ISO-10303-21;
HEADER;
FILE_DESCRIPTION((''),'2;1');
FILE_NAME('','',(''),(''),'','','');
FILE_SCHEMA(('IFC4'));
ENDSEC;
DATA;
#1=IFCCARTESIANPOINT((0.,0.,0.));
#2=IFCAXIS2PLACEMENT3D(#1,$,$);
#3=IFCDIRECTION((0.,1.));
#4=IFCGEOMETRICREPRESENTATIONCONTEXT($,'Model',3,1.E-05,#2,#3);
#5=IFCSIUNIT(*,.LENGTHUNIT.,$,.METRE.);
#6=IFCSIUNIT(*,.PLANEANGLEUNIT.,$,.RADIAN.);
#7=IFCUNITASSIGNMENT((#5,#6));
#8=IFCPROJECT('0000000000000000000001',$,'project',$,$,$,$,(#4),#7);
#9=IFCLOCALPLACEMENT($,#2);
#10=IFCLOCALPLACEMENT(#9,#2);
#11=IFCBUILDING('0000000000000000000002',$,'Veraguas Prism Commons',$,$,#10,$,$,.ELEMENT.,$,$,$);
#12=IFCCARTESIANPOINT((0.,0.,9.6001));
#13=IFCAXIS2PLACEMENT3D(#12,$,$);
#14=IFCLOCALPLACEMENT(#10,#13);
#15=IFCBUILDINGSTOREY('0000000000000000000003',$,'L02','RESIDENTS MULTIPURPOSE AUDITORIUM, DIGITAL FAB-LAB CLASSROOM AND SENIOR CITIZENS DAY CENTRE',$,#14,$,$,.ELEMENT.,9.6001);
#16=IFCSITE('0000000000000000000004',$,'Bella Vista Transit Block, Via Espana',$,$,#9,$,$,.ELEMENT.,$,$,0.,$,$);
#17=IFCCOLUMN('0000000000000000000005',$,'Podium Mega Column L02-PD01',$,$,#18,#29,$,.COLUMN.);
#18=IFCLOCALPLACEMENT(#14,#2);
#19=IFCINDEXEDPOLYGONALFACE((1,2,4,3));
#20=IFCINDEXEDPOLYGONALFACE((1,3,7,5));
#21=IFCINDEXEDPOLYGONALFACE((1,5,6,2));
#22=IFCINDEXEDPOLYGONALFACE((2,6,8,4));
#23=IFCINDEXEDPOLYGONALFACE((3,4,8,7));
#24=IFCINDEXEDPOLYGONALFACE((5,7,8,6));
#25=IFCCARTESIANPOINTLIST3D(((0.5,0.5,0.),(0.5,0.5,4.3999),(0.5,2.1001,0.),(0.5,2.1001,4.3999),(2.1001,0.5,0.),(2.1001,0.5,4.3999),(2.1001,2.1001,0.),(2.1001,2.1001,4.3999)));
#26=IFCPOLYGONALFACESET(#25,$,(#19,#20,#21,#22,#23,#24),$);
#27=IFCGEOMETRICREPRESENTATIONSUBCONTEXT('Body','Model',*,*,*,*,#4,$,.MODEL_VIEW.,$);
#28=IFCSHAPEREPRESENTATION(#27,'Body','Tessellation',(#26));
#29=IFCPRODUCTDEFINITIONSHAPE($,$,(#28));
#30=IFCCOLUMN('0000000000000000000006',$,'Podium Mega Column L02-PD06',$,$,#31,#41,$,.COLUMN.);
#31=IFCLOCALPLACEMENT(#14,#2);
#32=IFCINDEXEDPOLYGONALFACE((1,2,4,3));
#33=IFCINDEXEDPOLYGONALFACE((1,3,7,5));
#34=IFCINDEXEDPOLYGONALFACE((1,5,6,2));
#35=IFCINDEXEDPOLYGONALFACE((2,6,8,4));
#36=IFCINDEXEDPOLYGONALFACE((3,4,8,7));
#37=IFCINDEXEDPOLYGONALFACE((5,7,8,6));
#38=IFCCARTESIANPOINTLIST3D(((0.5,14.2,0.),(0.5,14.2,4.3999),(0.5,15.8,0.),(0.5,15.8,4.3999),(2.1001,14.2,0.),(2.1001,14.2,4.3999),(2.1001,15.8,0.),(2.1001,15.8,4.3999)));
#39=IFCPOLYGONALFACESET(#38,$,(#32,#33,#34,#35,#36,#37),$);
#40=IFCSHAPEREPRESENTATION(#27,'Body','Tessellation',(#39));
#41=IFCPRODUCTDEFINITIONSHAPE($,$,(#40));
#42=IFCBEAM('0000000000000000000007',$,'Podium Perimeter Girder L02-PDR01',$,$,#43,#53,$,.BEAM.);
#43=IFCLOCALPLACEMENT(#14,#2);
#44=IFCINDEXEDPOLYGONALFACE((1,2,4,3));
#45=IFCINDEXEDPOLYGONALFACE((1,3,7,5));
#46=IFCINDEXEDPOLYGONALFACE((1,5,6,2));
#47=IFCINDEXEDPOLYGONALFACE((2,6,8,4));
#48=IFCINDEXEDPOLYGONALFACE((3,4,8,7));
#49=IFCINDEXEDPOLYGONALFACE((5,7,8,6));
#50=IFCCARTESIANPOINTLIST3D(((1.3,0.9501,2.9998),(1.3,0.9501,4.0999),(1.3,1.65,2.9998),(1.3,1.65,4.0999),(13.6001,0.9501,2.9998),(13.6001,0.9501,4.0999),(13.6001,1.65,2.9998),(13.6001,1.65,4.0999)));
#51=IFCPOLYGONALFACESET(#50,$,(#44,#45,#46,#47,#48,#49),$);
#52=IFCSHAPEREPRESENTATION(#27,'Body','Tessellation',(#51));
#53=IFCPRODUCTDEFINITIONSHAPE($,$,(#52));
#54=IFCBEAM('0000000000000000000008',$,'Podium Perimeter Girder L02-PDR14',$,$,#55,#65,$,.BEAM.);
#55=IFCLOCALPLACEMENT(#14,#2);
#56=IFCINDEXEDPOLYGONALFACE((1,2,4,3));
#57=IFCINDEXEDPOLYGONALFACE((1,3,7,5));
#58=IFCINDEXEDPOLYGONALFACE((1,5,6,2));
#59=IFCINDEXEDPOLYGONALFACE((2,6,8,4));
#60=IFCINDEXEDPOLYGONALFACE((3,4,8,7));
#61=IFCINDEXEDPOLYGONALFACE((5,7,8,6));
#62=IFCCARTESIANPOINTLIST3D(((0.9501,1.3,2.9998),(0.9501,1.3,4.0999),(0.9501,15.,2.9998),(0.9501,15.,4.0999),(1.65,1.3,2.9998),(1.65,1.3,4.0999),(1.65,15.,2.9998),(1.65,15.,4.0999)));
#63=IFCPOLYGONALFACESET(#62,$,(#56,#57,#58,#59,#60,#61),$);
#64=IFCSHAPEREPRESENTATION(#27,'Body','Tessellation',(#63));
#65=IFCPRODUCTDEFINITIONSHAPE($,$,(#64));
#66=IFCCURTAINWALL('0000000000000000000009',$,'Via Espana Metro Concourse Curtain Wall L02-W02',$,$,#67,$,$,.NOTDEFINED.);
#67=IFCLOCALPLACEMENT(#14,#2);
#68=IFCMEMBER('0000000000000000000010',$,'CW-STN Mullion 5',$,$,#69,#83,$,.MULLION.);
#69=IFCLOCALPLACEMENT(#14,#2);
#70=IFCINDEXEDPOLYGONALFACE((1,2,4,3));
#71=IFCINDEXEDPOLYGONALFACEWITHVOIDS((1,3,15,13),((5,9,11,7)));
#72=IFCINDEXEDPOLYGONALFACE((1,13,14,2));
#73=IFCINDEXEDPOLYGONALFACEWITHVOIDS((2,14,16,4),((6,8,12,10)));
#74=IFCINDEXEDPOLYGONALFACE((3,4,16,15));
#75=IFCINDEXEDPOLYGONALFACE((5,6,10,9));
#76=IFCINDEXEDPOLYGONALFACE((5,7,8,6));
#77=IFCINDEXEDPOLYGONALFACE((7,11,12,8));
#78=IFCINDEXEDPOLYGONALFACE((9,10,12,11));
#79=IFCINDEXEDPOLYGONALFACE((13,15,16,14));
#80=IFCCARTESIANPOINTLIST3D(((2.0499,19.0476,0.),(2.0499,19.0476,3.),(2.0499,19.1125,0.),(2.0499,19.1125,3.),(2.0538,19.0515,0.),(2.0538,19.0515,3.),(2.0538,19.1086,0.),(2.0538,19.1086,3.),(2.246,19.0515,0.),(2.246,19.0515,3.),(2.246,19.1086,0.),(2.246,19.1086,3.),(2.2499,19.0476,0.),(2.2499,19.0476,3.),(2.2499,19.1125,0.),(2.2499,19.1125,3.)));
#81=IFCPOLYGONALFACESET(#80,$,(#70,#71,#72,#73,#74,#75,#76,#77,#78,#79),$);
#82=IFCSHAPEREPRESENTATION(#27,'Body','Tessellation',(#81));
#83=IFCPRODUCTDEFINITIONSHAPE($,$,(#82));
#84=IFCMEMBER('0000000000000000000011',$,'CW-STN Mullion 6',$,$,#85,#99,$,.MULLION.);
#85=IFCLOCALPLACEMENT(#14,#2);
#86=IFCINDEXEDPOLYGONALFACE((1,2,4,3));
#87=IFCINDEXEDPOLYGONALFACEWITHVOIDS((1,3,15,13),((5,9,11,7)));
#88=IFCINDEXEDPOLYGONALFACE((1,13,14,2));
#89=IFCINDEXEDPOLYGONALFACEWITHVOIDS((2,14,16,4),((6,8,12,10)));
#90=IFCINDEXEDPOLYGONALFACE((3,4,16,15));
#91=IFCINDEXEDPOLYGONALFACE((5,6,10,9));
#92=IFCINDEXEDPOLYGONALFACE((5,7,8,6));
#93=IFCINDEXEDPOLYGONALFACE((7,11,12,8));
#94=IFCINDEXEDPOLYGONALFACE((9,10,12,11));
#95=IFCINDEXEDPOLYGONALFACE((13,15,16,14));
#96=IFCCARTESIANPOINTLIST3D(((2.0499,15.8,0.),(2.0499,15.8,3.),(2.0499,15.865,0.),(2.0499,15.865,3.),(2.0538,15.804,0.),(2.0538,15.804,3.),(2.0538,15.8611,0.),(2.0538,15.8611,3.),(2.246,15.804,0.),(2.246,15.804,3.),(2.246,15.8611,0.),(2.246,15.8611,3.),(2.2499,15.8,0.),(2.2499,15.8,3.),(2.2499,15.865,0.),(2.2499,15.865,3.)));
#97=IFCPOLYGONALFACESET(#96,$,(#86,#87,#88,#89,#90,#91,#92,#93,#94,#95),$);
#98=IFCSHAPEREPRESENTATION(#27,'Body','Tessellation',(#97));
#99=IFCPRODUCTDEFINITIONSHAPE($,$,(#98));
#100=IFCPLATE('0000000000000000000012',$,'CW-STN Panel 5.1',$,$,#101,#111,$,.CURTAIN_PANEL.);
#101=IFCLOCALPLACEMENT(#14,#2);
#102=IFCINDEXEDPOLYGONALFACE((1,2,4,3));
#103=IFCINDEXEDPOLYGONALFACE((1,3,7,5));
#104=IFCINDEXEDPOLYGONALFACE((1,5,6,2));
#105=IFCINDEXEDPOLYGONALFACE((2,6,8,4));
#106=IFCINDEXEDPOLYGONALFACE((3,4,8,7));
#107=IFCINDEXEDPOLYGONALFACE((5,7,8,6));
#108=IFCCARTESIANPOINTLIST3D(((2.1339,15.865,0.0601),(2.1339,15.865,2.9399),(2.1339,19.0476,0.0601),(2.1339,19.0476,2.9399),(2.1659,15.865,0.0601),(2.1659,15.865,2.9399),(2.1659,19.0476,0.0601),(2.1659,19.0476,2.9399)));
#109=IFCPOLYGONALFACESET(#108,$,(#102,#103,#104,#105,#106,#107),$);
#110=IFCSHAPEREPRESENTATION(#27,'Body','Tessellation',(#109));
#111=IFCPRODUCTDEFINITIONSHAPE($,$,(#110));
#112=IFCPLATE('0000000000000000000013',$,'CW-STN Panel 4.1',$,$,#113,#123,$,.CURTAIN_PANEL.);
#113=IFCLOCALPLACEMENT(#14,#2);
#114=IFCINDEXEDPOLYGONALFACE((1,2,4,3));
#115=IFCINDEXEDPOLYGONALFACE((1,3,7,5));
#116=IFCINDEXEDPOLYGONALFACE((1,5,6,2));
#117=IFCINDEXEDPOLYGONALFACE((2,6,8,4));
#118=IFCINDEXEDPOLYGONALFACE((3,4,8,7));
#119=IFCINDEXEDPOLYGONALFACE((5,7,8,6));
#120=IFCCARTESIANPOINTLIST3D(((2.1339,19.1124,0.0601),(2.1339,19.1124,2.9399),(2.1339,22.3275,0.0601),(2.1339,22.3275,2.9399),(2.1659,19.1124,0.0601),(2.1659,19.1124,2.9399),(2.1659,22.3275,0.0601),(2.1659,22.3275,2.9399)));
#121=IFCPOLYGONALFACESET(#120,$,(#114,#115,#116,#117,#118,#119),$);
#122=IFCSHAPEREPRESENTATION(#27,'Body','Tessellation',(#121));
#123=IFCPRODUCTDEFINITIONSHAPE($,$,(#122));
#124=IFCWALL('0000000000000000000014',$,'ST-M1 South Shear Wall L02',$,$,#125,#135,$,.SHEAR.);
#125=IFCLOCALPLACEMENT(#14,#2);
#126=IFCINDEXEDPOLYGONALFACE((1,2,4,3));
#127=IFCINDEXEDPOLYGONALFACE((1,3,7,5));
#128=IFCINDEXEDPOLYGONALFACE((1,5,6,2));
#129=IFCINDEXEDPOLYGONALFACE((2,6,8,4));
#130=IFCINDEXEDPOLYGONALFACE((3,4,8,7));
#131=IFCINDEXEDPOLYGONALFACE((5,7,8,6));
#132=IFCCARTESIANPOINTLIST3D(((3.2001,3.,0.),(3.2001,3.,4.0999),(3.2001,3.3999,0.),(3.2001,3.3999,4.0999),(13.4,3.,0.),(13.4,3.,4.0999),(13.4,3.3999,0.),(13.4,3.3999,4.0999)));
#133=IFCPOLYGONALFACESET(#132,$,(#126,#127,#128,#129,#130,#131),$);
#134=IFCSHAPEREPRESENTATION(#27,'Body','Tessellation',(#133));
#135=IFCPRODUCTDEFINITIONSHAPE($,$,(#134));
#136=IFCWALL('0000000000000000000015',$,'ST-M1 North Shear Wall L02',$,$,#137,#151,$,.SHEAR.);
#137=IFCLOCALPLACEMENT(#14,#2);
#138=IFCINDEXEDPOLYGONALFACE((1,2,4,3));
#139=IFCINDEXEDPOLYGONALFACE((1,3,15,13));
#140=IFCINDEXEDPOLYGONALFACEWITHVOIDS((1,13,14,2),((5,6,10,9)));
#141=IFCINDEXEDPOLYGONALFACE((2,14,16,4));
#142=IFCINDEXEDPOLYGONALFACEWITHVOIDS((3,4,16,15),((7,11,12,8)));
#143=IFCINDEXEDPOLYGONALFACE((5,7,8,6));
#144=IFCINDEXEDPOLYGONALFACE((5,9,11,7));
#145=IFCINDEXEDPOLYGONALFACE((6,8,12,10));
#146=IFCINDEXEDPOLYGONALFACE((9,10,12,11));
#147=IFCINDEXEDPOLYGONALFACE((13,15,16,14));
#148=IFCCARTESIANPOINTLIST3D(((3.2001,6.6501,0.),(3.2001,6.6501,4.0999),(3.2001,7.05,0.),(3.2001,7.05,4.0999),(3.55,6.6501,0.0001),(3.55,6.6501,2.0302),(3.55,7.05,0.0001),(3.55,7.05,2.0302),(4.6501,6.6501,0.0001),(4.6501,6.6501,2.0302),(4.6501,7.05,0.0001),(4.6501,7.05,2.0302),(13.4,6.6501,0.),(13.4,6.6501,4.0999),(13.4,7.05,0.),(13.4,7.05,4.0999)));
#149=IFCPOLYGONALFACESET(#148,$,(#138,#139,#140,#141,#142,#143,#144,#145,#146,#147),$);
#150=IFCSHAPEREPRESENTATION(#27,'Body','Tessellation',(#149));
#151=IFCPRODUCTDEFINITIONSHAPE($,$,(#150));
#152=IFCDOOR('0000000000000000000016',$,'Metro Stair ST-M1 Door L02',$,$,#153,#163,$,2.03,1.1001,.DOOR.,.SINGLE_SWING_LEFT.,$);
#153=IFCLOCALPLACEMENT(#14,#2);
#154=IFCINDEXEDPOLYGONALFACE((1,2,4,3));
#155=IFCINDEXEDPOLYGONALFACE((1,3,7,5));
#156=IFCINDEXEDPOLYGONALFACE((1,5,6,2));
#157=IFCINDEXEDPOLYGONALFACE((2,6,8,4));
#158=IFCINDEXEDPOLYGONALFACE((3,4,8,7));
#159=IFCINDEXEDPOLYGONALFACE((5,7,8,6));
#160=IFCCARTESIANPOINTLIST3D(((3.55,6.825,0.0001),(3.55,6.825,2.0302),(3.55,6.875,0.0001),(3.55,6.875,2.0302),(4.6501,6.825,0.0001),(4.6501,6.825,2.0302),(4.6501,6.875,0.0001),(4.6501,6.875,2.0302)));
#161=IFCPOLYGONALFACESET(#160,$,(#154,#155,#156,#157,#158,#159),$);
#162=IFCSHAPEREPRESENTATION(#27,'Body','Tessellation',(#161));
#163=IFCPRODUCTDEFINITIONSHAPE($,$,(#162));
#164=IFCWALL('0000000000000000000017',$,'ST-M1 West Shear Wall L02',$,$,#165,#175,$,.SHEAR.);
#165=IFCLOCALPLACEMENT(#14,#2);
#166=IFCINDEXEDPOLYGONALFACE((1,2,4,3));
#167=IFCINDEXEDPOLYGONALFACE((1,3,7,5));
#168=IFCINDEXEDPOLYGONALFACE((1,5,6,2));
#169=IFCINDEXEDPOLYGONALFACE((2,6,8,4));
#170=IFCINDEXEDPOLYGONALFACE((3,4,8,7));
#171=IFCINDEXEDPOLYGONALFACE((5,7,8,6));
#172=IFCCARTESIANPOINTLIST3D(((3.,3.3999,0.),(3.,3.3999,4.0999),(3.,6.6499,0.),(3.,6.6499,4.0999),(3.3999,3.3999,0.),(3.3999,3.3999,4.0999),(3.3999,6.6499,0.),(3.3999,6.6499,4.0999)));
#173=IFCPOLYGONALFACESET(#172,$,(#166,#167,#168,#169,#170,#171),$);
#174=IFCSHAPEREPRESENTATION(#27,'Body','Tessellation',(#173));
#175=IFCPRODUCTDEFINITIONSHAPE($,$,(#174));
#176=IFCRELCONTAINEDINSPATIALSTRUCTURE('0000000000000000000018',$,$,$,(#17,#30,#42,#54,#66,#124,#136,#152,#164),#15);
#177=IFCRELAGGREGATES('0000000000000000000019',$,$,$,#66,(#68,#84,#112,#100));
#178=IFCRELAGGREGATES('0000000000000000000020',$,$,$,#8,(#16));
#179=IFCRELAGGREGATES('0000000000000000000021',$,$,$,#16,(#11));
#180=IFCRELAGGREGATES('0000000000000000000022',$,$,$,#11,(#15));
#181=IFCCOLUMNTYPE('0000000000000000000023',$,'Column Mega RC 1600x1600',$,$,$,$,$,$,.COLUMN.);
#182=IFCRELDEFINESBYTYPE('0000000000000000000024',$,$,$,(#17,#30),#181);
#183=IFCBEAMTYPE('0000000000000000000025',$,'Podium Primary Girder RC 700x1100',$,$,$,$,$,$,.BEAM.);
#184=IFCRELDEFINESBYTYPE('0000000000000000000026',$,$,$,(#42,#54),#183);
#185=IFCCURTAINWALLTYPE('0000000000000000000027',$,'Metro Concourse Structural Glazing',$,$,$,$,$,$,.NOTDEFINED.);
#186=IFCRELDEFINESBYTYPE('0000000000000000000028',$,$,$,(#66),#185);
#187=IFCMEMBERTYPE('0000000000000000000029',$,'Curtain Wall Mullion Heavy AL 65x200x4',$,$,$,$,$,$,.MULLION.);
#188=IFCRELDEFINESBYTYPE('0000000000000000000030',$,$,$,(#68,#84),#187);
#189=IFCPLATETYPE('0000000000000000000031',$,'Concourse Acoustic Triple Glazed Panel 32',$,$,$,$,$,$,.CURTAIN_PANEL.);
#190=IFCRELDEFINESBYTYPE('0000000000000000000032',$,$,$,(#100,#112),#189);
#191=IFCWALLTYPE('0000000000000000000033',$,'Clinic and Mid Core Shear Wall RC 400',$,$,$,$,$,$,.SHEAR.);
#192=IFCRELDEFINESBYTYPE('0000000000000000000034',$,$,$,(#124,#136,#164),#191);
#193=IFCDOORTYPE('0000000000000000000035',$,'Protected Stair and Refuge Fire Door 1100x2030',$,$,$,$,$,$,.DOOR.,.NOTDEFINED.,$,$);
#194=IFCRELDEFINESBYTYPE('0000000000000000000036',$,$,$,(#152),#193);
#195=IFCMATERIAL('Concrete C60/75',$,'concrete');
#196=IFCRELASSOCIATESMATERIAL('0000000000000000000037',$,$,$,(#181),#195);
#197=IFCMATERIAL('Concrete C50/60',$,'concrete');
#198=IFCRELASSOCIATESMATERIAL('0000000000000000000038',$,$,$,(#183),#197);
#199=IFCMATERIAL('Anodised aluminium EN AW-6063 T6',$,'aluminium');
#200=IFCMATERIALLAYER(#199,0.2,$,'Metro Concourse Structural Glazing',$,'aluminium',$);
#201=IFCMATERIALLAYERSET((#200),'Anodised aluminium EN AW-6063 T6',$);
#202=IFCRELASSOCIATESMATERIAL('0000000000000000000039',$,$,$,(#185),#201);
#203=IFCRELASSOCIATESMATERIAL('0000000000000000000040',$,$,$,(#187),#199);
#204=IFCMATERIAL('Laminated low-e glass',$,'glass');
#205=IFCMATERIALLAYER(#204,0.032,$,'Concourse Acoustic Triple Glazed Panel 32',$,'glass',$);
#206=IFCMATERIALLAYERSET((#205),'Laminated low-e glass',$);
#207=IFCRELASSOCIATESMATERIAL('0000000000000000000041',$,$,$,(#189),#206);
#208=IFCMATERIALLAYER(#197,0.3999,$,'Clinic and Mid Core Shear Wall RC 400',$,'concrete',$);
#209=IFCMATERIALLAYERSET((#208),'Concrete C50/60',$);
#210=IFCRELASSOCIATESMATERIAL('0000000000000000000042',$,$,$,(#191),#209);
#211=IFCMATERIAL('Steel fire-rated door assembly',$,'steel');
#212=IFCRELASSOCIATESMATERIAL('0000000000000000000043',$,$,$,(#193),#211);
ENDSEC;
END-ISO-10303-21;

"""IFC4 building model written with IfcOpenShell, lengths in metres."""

from ifc_helpers import new_model, si_unit, direction, frame, frame_2d, origin, origin_2d, place, context, subcontext, project, spatial, rectangle, hollow_rectangle, extrude, source, transform, mapped, material, layer, layer_set, material_profile, profile_set, type_object, element, fill, aggregate, save


model = new_model("IFC4")

# Units and contexts
model_context = context("Model", 3, precision=1e-05, world=origin(), true_north=direction((0.0, 1.0)))
body_context = subcontext(model_context, "Body", "Model", "MODEL_VIEW")
ifc_project = project(units=[si_unit("LENGTHUNIT", "METRE"), si_unit("PLANEANGLEUNIT", "RADIAN")], contexts=[model_context])

# Site, building, storey
site_placement = place(None, origin())
site = spatial("IfcSite", under=ifc_project, at=site_placement, Name="Bella Vista Transit Block, Via Espana", CompositionType="ELEMENT", RefElevation=0.0)
building_placement = place(site_placement, origin())
building = spatial("IfcBuilding", under=site, at=building_placement, Name="Veraguas Prism Commons", CompositionType="ELEMENT")
storey_placement = place(building_placement, frame((0.0, 0.0, 9.6001)))
storey = spatial("IfcBuildingStorey", under=building, at=storey_placement, Name="L02", Description="RESIDENTS MULTIPURPOSE AUDITORIUM, DIGITAL FAB-LAB CLASSROOM AND SENIOR CITIZENS DAY CENTRE", CompositionType="ELEMENT", Elevation=9.6001)

# Columns
ifc_material_1 = material(Name="Concrete C60/75", Category="concrete")
ifc_material_profile_1 = material_profile(ifc_material_1, rectangle(XDim=1.6001, YDim=1.6001, at=origin_2d()), Name="RC1600X1600")
ifc_profile_set_1 = profile_set([ifc_material_profile_1], Name="Concrete C60/75")
column_type = type_object("IfcColumnType", Name="Column Mega RC 1600x1600", PredefinedType="COLUMN", material=ifc_profile_set_1)
for number, where, z_axis, x_axis, name in (
    (1, (1.3, 1.3, 0.0), (0.0, 0.0, 1.0), (1.0, 0.0, 0.0), "Podium Mega Column L02-PD01"),
    (2, (1.3, 15.0, 0.0), (0.0, 0.0, 1.0), (1.0, 0.0, 0.0), "Podium Mega Column L02-PD06"),
):
    element("IfcColumn", number, at=place(storey_placement, frame(where, z_axis=z_axis, x_axis=x_axis)), inside=storey, type_object=column_type, Name=name, PredefinedType="COLUMN", context=body_context, shape_type="SweptSolid", body=[
        extrude(rectangle(XDim=1.6001, YDim=1.6001, at=origin_2d()), origin(), (0.0, 0.0, 1.0), 4.3999),
    ])

# Beams
ifc_material_2 = material(Name="Concrete C50/60", Category="concrete")
ifc_material_profile_2 = material_profile(ifc_material_2, rectangle(XDim=0.7, YDim=1.1001, at=origin_2d()), Name="RC700X1100")
ifc_profile_set_2 = profile_set([ifc_material_profile_2], Name="Concrete C50/60")
beam_type = type_object("IfcBeamType", Name="Podium Primary Girder RC 700x1100", PredefinedType="BEAM", material=ifc_profile_set_2)
beam_1_placement = place(storey_placement, frame((1.3, 1.3, 3.5498), z_axis=(1.0, 0.0, 0.0), x_axis=(0.0, 1.0, 0.0)))
element("IfcBeam", 3, at=beam_1_placement, inside=storey, type_object=beam_type, Name="Podium Perimeter Girder L02-PDR01", PredefinedType="BEAM", context=body_context, shape_type="SweptSolid", body=[
    extrude(rectangle(XDim=0.7, YDim=1.1001, at=origin_2d()), origin(), (0.0, 0.0, 1.0), 12.3),
])
beam_2_placement = place(storey_placement, frame((1.3, 15.0, 3.5498), z_axis=(0.0, -1.0, 0.0), x_axis=(1.0, 0.0, 0.0)))
element("IfcBeam", 4, at=beam_2_placement, inside=storey, type_object=beam_type, Name="Podium Perimeter Girder L02-PDR14", PredefinedType="BEAM", context=body_context, shape_type="SweptSolid", body=[
    extrude(rectangle(XDim=0.7, YDim=1.1001, at=origin_2d()), origin(), (0.0, 0.0, 1.0), 13.7),
])

# Curtain wall, members, plates
ifc_material_3 = material(Name="Anodised aluminium EN AW-6063 T6", Category="aluminium")
ifc_layer_1 = layer(ifc_material_3, 0.2, Name="Metro Concourse Structural Glazing", Category="aluminium")
ifc_layer_set_1 = layer_set([ifc_layer_1], Name="Anodised aluminium EN AW-6063 T6")
curtain_wall_type = type_object("IfcCurtainWallType", Name="Metro Concourse Structural Glazing", PredefinedType="NOTDEFINED", material=ifc_layer_set_1)
curtain_wall_placement = place(storey_placement, origin())
curtain_wall = element("IfcCurtainWall", 5, at=curtain_wall_placement, inside=storey, type_object=curtain_wall_type, Name="Via Espana Metro Concourse Curtain Wall L02-W02", PredefinedType="NOTDEFINED")
ifc_material_profile_3 = material_profile(ifc_material_3, hollow_rectangle(XDim=0.0649, YDim=0.2, WallThickness=0.0039, at=origin_2d()), Name="AL65X200X4")
ifc_profile_set_3 = profile_set([ifc_material_profile_3], Name="Anodised aluminium EN AW-6063 T6")
member_type = type_object("IfcMemberType", Name="Curtain Wall Mullion Heavy AL 65x200x4", PredefinedType="MULLION", material=ifc_profile_set_3)
shared_shape_1 = source(origin(), body_context, "Body", "SweptSolid", [
    extrude(hollow_rectangle(XDim=0.0649, YDim=0.2, WallThickness=0.0039, at=origin_2d()), origin(), (0.0, 0.0, 1.0), 3.0),
])
member_1_placement = place(storey_placement, frame((2.1499, 19.0801, 0.0), z_axis=(0.0, 0.0, 1.0), x_axis=(0.0, -1.0, 0.0)))
member_1 = element("IfcMember", 6, at=member_1_placement, type_object=member_type, Name="CW-STN Mullion 5", PredefinedType="MULLION", context=body_context, shape_type="MappedRepresentation", body=[
    mapped(shared_shape_1, transform((0.0, 0.0, 0.0), scale=1.0)),
])
member_2_placement = place(storey_placement, frame((2.1499, 15.8325, 0.0), z_axis=(0.0, 0.0, 1.0), x_axis=(0.0, -1.0, 0.0)))
member_2 = element("IfcMember", 7, at=member_2_placement, type_object=member_type, Name="CW-STN Mullion 6", PredefinedType="MULLION", context=body_context, shape_type="MappedRepresentation", body=[
    mapped(shared_shape_1, transform((0.0, 0.0, 0.0), scale=1.0)),
])
ifc_material_4 = material(Name="Laminated low-e glass", Category="glass")
ifc_layer_2 = layer(ifc_material_4, 0.032, Name="Concourse Acoustic Triple Glazed Panel 32", Category="glass")
ifc_layer_set_2 = layer_set([ifc_layer_2], Name="Laminated low-e glass")
plate_type = type_object("IfcPlateType", Name="Concourse Acoustic Triple Glazed Panel 32", PredefinedType="CURTAIN_PANEL", material=ifc_layer_set_2)
shared_shape_2 = source(origin(), body_context, "Body", "SweptSolid", [
    extrude(rectangle(XDim=3.1826, YDim=0.032, at=origin_2d()), origin(), (0.0, 0.0, 1.0), 2.8799),
])
plate_1_placement = place(storey_placement, frame((2.1499, 17.4563, 0.0601), z_axis=(0.0, 0.0, 1.0), x_axis=(0.0, -1.0, 0.0)))
plate_1 = element("IfcPlate", 8, at=plate_1_placement, type_object=plate_type, Name="CW-STN Panel 5.1", PredefinedType="CURTAIN_PANEL", context=body_context, shape_type="MappedRepresentation", body=[
    mapped(shared_shape_2, transform((0.0, 0.0, 0.0), scale=1.0)),
])
shared_shape_3 = source(origin(), body_context, "Body", "SweptSolid", [
    extrude(rectangle(XDim=3.2151, YDim=0.032, at=origin_2d()), origin(), (0.0, 0.0, 1.0), 2.8799),
])
plate_2_placement = place(storey_placement, frame((2.1499, 20.72, 0.0601), z_axis=(0.0, 0.0, 1.0), x_axis=(0.0, -1.0, 0.0)))
plate_2 = element("IfcPlate", 9, at=plate_2_placement, type_object=plate_type, Name="CW-STN Panel 4.1", PredefinedType="CURTAIN_PANEL", context=body_context, shape_type="MappedRepresentation", body=[
    mapped(shared_shape_3, transform((0.0, 0.0, 0.0), scale=1.0)),
])
aggregate(curtain_wall, [member_1, member_2, plate_2, plate_1])

# Wall
ifc_layer_3 = layer(ifc_material_2, 0.3999, Name="Clinic and Mid Core Shear Wall RC 400", Category="concrete")
ifc_layer_set_3 = layer_set([ifc_layer_3], Name="Concrete C50/60")
wall_type_1 = type_object("IfcWallType", Name="Clinic and Mid Core Shear Wall RC 400", PredefinedType="SHEAR", material=ifc_layer_set_3)
wall_1_placement = place(storey_placement, frame((3.2, 3.2, 0.0), z_axis=(0.0, 0.0, 1.0), x_axis=(1.0, 0.0, 0.0)))
element("IfcWall", 10, at=wall_1_placement, inside=storey, type_object=wall_type_1, Name="ST-M1 South Shear Wall L02", PredefinedType="SHEAR", context=body_context, shape_type="SweptSolid", body=[
    extrude(rectangle(XDim=10.2, YDim=0.3999, at=frame_2d((5.1001, 0.0))), origin(), (0.0, 0.0, 1.0), 4.0999),
])

# Wall, opening, door
wall_2_placement = place(storey_placement, frame((3.2, 6.8501, 0.0), z_axis=(0.0, 0.0, 1.0), x_axis=(1.0, 0.0, 0.0)))
wall_2 = element("IfcWall", 11, at=wall_2_placement, inside=storey, type_object=wall_type_1, Name="ST-M1 North Shear Wall L02", PredefinedType="SHEAR", context=body_context, shape_type="SweptSolid", body=[
    extrude(rectangle(XDim=10.2, YDim=0.3999, at=frame_2d((5.1001, 0.0))), origin(), (0.0, 0.0, 1.0), 4.0999),
])
opening_1_placement = place(wall_2_placement, frame((0.3501, 0.0, 0.0)))
opening_1 = element("IfcOpeningElement", 12, at=opening_1_placement, cuts=wall_2, PredefinedType="OPENING", context=body_context, shape_type="SweptSolid", body=[
    extrude(rectangle(XDim=1.1001, YDim=2.03, at=frame_2d((0.55, 1.0151))), frame((0.0, 0.21, 0.0), z_axis=(0.0, -1.0, 0.0), x_axis=(1.0, 0.0, 0.0)), (0.0, 0.0, 1.0), 0.4199),
])
ifc_material_5 = material(Name="Steel fire-rated door assembly", Category="steel")
door_type = type_object("IfcDoorType", Name="Protected Stair and Refuge Fire Door 1100x2030", OperationType="NOTDEFINED", PredefinedType="DOOR", material=ifc_material_5)
shared_shape_4 = source(origin(), body_context, "Body", "SweptSolid", [
    extrude(rectangle(XDim=1.1001, YDim=2.03, at=frame_2d((0.55, 1.0151))), frame((0.0, 0.0249, 0.0), z_axis=(0.0, -1.0, 0.0), x_axis=(1.0, 0.0, 0.0)), (0.0, 0.0, 1.0), 0.05),
])
door_placement = place(opening_1_placement, origin())
door = element("IfcDoor", 13, at=door_placement, inside=storey, type_object=door_type, Name="Metro Stair ST-M1 Door L02", OperationType="SINGLE_SWING_LEFT", OverallHeight=2.03, OverallWidth=1.1001, PredefinedType="DOOR", context=body_context, shape_type="MappedRepresentation", body=[
    mapped(shared_shape_4, transform((0.0, 0.0, 0.0), scale=1.0)),
])
fill(opening_1, door)

# Wall
wall_3_placement = place(storey_placement, frame((3.2, 3.3999, 0.0), z_axis=(0.0, 0.0, 1.0), x_axis=(0.0, 1.0, 0.0)))
element("IfcWall", 14, at=wall_3_placement, inside=storey, type_object=wall_type_1, Name="ST-M1 West Shear Wall L02", PredefinedType="SHEAR", context=body_context, shape_type="SweptSolid", body=[
    extrude(rectangle(XDim=3.25, YDim=0.3999, at=frame_2d((1.625, 0.0))), origin(), (0.0, 0.0, 1.0), 4.0999),
])

save(model, "model.ifc")
